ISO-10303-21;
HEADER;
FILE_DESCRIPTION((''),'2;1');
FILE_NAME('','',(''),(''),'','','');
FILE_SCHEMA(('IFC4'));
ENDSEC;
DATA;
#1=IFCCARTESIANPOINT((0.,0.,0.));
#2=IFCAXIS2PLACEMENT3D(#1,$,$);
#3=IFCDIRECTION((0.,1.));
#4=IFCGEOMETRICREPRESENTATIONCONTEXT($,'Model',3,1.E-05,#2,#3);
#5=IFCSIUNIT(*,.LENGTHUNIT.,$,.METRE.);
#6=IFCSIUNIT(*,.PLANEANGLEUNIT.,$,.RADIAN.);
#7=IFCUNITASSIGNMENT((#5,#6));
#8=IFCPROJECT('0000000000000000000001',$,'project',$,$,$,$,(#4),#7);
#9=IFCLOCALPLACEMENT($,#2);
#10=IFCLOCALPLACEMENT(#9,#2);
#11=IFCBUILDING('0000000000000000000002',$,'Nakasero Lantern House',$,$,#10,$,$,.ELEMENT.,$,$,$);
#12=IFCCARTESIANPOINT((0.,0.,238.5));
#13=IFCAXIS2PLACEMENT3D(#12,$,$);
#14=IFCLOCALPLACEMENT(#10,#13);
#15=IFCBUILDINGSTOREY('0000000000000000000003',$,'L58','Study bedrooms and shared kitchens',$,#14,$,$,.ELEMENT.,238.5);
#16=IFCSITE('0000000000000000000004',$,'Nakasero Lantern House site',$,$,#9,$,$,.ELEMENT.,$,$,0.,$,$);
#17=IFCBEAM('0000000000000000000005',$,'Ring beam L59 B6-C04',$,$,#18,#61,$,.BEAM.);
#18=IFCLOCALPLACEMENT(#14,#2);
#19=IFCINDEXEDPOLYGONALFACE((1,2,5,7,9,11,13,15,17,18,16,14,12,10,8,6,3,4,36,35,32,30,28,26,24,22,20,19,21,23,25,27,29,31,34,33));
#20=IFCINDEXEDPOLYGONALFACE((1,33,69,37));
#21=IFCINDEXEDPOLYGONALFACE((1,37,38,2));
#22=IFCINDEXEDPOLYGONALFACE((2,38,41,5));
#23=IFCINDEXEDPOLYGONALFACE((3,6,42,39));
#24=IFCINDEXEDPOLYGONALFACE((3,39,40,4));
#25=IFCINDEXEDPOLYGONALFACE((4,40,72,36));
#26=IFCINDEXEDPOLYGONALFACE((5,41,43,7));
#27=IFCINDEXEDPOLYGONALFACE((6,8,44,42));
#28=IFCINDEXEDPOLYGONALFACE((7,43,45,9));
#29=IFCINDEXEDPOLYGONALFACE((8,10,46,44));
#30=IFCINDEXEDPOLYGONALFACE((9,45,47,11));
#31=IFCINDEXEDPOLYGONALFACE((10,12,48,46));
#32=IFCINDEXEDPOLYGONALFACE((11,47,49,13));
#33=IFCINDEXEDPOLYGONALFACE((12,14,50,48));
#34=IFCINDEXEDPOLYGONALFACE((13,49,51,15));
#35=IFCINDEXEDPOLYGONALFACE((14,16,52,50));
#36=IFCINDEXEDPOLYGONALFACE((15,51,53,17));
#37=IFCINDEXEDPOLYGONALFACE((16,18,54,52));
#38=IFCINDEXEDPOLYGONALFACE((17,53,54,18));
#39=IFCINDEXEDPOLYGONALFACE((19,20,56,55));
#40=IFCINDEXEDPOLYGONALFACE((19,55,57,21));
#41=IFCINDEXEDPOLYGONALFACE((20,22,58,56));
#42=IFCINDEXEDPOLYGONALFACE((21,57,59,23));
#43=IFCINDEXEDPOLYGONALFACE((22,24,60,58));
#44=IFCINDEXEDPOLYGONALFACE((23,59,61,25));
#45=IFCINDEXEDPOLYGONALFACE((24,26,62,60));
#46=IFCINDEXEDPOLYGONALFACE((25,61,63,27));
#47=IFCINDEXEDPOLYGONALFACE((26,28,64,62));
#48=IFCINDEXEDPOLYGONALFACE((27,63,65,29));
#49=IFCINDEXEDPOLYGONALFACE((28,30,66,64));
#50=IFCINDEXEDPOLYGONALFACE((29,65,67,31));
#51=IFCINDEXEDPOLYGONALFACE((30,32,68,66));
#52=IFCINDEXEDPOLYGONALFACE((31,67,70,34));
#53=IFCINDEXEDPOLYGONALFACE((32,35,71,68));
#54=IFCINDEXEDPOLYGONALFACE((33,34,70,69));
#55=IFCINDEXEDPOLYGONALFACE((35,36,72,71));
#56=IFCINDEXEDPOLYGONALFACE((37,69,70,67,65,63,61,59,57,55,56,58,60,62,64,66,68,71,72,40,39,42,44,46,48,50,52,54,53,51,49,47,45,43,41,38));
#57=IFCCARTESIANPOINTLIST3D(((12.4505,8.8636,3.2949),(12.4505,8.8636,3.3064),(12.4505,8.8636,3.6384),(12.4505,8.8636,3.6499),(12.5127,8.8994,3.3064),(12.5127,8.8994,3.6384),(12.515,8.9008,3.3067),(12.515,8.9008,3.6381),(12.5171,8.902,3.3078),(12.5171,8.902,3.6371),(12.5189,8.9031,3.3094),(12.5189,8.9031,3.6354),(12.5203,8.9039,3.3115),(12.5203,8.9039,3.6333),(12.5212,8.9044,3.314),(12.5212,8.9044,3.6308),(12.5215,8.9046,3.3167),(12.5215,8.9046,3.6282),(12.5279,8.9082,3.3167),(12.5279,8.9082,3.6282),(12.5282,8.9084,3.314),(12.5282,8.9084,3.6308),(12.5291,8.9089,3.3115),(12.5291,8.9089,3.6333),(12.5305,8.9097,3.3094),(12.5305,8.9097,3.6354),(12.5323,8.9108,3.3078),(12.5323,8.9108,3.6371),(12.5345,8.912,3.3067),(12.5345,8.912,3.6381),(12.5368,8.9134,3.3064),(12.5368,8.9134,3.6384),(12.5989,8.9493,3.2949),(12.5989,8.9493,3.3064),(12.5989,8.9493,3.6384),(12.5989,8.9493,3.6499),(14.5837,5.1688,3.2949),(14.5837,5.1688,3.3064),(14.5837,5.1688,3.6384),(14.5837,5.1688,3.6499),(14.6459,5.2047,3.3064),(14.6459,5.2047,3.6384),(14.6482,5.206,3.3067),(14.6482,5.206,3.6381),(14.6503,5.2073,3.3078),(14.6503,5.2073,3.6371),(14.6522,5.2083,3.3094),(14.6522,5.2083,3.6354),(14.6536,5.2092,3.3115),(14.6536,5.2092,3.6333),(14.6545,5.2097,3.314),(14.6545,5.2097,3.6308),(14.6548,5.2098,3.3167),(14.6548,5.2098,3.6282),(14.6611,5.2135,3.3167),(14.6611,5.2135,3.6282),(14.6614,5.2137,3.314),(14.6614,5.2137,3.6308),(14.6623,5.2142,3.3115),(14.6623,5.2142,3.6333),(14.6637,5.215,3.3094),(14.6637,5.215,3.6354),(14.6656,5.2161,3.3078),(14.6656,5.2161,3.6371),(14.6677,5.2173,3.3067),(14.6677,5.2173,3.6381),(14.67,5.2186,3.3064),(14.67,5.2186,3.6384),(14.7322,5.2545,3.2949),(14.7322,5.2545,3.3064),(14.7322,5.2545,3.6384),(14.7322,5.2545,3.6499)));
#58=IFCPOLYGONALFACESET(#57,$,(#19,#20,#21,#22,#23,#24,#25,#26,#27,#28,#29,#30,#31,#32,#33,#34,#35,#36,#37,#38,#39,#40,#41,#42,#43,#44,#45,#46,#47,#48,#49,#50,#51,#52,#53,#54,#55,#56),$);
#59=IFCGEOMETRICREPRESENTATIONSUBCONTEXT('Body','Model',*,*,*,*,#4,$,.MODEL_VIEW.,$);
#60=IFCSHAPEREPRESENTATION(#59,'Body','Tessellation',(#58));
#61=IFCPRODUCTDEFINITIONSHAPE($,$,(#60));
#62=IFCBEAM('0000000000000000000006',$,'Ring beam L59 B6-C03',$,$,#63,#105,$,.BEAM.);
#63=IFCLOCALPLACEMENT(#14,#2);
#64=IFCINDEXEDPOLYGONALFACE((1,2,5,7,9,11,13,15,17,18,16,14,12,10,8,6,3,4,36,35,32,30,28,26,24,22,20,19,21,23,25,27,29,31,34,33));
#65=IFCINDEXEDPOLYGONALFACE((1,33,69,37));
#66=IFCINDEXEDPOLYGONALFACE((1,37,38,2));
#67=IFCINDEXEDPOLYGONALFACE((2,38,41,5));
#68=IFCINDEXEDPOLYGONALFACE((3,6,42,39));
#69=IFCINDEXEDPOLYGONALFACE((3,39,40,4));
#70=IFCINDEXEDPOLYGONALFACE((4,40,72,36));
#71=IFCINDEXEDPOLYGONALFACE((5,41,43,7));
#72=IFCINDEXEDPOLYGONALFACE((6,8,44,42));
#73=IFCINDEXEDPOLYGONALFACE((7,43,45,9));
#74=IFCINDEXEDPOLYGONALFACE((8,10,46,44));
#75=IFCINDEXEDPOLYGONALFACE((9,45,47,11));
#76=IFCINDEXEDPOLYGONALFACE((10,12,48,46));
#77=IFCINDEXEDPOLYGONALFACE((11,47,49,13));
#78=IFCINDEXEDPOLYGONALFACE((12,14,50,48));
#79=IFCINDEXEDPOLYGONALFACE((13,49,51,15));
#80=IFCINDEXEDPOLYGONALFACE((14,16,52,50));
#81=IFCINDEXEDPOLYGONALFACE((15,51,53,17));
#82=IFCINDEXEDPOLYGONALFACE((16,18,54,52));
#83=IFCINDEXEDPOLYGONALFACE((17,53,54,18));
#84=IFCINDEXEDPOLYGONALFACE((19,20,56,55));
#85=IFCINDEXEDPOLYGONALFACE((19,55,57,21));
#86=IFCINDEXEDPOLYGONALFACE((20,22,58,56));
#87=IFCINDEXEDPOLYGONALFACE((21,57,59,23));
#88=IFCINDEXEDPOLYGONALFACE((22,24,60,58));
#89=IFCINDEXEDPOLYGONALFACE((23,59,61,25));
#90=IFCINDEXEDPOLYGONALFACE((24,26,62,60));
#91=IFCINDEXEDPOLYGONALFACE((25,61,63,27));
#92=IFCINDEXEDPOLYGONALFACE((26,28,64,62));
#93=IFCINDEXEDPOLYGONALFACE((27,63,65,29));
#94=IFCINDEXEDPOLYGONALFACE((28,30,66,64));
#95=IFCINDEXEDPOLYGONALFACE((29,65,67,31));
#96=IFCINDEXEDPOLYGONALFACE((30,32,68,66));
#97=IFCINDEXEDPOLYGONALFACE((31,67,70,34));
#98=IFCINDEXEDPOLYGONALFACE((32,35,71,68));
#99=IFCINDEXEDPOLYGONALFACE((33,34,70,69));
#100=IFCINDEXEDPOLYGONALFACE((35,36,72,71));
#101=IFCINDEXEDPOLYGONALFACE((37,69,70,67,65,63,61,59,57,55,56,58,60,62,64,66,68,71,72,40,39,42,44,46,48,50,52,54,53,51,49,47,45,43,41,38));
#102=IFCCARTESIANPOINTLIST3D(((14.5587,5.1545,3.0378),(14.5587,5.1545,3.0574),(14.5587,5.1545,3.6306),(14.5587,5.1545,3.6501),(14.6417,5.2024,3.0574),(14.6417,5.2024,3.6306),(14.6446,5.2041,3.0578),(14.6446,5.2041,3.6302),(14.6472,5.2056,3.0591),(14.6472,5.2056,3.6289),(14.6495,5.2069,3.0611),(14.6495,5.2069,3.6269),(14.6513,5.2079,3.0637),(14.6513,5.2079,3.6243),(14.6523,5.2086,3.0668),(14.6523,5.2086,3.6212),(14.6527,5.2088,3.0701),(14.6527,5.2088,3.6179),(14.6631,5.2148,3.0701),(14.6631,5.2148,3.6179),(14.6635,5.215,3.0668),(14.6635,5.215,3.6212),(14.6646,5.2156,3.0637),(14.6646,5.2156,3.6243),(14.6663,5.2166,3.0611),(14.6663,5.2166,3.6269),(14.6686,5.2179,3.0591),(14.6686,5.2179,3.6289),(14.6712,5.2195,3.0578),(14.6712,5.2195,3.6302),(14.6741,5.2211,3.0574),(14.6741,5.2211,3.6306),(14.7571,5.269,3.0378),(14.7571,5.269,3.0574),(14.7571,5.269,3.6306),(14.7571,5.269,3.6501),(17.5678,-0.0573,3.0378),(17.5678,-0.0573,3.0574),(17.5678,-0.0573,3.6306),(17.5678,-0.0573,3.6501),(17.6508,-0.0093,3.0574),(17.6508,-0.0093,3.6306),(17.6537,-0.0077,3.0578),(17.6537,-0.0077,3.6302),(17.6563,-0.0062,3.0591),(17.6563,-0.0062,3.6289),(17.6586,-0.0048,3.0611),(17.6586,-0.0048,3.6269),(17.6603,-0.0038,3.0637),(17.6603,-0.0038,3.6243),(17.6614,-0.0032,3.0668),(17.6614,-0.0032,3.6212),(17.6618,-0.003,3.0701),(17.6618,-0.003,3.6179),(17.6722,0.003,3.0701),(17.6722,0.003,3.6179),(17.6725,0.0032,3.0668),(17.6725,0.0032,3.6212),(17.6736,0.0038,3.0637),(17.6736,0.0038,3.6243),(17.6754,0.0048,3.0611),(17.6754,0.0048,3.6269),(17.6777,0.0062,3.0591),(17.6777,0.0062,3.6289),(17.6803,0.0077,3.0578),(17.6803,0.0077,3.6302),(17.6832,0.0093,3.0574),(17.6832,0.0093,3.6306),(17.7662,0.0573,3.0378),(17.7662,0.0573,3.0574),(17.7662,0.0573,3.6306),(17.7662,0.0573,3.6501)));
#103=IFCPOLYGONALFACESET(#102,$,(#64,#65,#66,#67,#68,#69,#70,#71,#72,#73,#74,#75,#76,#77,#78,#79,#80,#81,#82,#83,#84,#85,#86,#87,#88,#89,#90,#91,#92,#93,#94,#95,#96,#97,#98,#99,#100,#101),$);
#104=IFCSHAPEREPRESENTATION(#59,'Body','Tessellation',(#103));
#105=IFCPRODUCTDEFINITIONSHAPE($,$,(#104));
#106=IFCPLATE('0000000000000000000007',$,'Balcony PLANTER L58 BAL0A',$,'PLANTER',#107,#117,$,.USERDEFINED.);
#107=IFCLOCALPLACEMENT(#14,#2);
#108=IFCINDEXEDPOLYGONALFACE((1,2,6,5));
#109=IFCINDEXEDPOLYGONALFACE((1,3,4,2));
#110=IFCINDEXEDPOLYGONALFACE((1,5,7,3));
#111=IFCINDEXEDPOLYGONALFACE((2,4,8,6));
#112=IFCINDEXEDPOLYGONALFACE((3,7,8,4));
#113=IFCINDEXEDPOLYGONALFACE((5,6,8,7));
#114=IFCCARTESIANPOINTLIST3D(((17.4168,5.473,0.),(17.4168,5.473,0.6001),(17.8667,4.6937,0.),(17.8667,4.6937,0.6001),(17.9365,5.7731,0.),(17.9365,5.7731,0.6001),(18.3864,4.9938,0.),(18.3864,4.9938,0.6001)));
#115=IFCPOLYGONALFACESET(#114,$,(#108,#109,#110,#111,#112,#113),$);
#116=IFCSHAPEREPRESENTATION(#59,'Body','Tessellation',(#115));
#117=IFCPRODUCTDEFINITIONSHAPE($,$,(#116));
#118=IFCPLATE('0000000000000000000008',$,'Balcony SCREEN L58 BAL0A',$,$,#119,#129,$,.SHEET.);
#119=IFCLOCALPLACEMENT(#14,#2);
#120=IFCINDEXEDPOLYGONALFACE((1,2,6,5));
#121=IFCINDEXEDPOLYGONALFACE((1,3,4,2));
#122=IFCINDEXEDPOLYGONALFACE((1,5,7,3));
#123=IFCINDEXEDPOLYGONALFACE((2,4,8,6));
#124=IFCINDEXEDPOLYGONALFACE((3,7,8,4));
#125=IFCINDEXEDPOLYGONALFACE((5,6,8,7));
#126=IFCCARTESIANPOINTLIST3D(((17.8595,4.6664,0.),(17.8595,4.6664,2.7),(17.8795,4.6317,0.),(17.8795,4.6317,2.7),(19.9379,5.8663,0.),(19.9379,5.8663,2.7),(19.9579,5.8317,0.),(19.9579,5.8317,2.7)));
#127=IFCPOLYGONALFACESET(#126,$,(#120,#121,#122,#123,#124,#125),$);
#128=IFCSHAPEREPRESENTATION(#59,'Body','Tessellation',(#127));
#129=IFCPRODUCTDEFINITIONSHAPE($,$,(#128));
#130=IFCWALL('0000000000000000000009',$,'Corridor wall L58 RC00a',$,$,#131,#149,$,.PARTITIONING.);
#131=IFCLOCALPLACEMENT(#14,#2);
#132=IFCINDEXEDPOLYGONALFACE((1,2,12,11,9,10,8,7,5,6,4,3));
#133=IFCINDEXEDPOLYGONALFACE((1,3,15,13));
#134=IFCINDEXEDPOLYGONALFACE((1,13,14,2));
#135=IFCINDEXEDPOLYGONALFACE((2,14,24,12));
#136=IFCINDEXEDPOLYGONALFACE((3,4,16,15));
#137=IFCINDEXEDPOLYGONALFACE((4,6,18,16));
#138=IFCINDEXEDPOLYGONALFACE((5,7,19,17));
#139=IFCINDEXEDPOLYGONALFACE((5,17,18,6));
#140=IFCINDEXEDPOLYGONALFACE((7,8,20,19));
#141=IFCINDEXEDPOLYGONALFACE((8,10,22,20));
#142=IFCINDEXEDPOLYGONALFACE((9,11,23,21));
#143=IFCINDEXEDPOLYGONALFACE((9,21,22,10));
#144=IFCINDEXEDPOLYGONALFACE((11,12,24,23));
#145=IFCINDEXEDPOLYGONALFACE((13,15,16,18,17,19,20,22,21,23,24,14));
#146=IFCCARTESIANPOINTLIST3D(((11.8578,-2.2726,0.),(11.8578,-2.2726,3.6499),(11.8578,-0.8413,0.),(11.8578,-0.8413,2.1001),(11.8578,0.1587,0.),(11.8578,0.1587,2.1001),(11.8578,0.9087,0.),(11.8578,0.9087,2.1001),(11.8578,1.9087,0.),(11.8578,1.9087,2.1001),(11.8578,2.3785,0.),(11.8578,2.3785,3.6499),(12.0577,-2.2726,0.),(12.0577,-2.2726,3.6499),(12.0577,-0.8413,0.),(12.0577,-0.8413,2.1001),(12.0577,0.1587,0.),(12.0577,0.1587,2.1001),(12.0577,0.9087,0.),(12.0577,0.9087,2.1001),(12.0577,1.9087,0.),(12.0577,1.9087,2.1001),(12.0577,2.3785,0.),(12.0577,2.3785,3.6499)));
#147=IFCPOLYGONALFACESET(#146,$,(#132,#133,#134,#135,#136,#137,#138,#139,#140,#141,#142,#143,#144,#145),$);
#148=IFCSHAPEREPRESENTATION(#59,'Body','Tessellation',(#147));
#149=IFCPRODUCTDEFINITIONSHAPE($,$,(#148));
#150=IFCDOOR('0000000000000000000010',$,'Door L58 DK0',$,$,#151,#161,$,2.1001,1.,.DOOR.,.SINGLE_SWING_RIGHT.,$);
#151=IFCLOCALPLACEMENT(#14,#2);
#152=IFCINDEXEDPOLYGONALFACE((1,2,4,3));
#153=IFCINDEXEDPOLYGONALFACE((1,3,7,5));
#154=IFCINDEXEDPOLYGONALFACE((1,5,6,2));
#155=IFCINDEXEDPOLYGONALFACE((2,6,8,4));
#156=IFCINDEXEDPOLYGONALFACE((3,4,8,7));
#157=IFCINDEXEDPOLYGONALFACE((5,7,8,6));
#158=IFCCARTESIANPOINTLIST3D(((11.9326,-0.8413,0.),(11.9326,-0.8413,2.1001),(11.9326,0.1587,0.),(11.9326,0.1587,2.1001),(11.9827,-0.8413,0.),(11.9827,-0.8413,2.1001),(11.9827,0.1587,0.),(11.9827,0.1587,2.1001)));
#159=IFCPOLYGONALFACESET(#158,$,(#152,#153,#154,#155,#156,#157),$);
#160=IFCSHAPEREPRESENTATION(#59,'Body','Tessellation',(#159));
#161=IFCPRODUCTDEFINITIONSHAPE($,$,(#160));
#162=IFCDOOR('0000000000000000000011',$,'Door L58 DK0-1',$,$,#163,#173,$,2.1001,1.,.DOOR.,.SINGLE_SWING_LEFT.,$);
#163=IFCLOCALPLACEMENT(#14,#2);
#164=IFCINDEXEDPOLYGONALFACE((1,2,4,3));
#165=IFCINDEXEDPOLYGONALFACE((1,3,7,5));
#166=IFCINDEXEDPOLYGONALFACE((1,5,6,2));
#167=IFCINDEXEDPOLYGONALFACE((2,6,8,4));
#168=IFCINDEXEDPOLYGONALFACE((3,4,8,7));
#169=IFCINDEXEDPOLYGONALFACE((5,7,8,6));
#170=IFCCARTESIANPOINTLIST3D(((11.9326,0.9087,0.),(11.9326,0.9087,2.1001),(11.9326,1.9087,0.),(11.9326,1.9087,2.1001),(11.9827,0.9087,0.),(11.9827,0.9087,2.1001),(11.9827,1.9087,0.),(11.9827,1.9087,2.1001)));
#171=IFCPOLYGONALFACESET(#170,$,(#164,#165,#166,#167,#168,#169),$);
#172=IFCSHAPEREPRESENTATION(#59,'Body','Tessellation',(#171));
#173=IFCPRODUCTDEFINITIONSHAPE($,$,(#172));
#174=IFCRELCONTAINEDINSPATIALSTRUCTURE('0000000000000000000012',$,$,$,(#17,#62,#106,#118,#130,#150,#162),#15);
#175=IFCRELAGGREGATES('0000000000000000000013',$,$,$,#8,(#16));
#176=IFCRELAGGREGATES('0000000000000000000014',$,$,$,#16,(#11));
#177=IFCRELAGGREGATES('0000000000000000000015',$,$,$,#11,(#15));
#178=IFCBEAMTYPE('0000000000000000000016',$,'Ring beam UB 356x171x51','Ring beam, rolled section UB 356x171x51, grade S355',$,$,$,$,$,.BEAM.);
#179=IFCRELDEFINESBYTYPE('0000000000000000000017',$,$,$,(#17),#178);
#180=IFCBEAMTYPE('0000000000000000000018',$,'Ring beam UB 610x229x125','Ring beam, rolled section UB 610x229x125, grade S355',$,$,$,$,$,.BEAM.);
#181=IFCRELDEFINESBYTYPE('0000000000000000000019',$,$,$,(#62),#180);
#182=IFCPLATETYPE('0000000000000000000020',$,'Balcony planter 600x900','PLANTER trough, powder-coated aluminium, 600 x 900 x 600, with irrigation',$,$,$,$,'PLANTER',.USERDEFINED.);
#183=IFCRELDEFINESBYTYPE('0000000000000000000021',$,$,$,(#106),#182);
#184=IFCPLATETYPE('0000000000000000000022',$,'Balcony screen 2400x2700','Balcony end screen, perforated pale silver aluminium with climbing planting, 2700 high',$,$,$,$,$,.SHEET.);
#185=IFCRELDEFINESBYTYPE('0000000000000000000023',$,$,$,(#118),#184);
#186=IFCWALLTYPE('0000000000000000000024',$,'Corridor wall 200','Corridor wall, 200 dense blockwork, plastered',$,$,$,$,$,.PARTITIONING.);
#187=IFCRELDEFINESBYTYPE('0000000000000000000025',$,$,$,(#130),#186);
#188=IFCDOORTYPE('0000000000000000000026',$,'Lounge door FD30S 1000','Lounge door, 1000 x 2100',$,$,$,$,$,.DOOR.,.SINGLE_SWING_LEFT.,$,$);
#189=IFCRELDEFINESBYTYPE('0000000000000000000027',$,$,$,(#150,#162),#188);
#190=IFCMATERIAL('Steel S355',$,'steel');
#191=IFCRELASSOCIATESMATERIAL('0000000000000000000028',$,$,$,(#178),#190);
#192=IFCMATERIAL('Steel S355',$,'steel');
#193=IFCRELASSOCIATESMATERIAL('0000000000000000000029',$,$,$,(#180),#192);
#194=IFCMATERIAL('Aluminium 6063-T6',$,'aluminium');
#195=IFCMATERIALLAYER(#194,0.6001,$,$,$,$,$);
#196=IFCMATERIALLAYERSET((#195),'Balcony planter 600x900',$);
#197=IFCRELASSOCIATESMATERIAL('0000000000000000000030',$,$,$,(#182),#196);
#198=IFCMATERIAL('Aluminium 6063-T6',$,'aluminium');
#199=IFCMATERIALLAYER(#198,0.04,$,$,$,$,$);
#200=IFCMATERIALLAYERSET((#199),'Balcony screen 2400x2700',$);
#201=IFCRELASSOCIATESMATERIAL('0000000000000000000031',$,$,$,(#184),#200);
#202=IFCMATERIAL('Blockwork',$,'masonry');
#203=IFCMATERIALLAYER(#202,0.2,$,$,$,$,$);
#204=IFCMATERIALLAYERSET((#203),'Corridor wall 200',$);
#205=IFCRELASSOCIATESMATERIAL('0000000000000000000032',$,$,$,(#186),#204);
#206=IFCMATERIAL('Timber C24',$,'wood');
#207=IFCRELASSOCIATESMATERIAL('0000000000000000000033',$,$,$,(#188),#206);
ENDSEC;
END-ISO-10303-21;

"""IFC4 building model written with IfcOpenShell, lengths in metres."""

from ifc_helpers import new_model, si_unit, direction, frame, frame_2d, origin, origin_2d, place, context, subcontext, project, spatial, rectangle, i_section, extrude, material, layer, layer_set, material_profile, profile_set, type_object, element, fill, save


model = new_model("IFC4")

# Units and contexts
model_context = context("Model", 3, precision=1e-05, world=origin(), true_north=direction((0.0, 1.0)))
body_context = subcontext(model_context, "Body", "Model", "MODEL_VIEW")
ifc_project = project(units=[si_unit("LENGTHUNIT", "METRE"), si_unit("PLANEANGLEUNIT", "RADIAN")], contexts=[model_context])

# Site, building, storey
site_placement = place(None, origin())
site = spatial("IfcSite", under=ifc_project, at=site_placement, Name="Nakasero Lantern House site", CompositionType="ELEMENT", RefElevation=0.0)
building_placement = place(site_placement, origin())
building = spatial("IfcBuilding", under=site, at=building_placement, Name="Nakasero Lantern House", CompositionType="ELEMENT")
storey_placement = place(building_placement, frame((0.0, 0.0, 238.5)))
storey = spatial("IfcBuildingStorey", under=building, at=storey_placement, Name="L58", Description="Study bedrooms and shared kitchens", CompositionType="ELEMENT", Elevation=238.5)

# Beams
ifc_material_1 = material(Name="Steel S355", Category="steel")
ifc_material_profile_1 = material_profile(ifc_material_1, i_section(OverallWidth=0.1714, OverallDepth=0.355, WebThickness=0.0073, FlangeThickness=0.0115, FilletRadius=0.0103, at=origin_2d()), Name="UB 356x171x51")
ifc_profile_set_1 = profile_set([ifc_material_profile_1], Name="Steel S355")
beam_type_1 = type_object("IfcBeamType", Name="Ring beam UB 356x171x51", Description="Ring beam, rolled section UB 356x171x51, grade S355", PredefinedType="BEAM", material=ifc_profile_set_1)
beam_1_placement = place(storey_placement, frame((14.658, 5.2117, 3.4724), z_axis=(-0.500016, 0.866016, 0.0), x_axis=(-0.866016, -0.500016, 0.0)))
element("IfcBeam", 1, at=beam_1_placement, inside=storey, type_object=beam_type_1, Name="Ring beam L59 B6-C04", PredefinedType="BEAM", context=body_context, shape_type="SweptSolid", body=[
    extrude(i_section(OverallWidth=0.1714, OverallDepth=0.355, WebThickness=0.0073, FlangeThickness=0.0115, FilletRadius=0.0103, at=origin_2d()), origin(), (0.0, 0.0, 1.0), 4.2664),
])
ifc_material_2 = material(Name="Steel S355", Category="steel")
ifc_material_profile_2 = material_profile(ifc_material_2, i_section(OverallWidth=0.229, OverallDepth=0.6123, WebThickness=0.012, FlangeThickness=0.0195, FilletRadius=0.0127, at=origin_2d()), Name="UB 610x229x125")
ifc_profile_set_2 = profile_set([ifc_material_profile_2], Name="Steel S355")
beam_type_2 = type_object("IfcBeamType", Name="Ring beam UB 610x229x125", Description="Ring beam, rolled section UB 610x229x125, grade S355", PredefinedType="BEAM", material=ifc_profile_set_2)
beam_2_placement = place(storey_placement, frame((17.667, 0.0, 3.344), z_axis=(-0.500009, 0.86602, 0.0), x_axis=(-0.86602, -0.500009, 0.0)))
element("IfcBeam", 2, at=beam_2_placement, inside=storey, type_object=beam_type_2, Name="Ring beam L59 B6-C03", PredefinedType="BEAM", context=body_context, shape_type="SweptSolid", body=[
    extrude(i_section(OverallWidth=0.229, OverallDepth=0.6123, WebThickness=0.012, FlangeThickness=0.0195, FilletRadius=0.0127, at=origin_2d()), origin(), (0.0, 0.0, 1.0), 6.0181),
])

# Plates
ifc_material_3 = material(Name="Aluminium 6063-T6", Category="aluminium")
ifc_layer_1 = layer(ifc_material_3, 0.6001)
ifc_layer_set_1 = layer_set([ifc_layer_1], Name="Balcony planter 600x900")
plate_type_1 = type_object("IfcPlateType", Name="Balcony planter 600x900", Description="PLANTER trough, powder-coated aluminium, 600 x 900 x 600, with irrigation", ElementType="PLANTER", PredefinedType="USERDEFINED", material=ifc_layer_set_1)
plate_1_placement = place(storey_placement, frame((17.9016, 5.2334, 0.0), z_axis=(0.0, 0.0, 1.0), x_axis=(0.866025, 0.5, 0.0)))
element("IfcPlate", 3, at=plate_1_placement, inside=storey, type_object=plate_type_1, Name="Balcony PLANTER L58 BAL0A", ObjectType="PLANTER", PredefinedType="USERDEFINED", context=body_context, shape_type="SweptSolid", body=[
    extrude(rectangle(XDim=0.6001, YDim=0.8999, at=origin_2d()), origin(), (0.0, 0.0, 1.0), 0.6001),
])
ifc_material_4 = material(Name="Aluminium 6063-T6", Category="aluminium")
ifc_layer_2 = layer(ifc_material_4, 0.04)
ifc_layer_set_2 = layer_set([ifc_layer_2], Name="Balcony screen 2400x2700")
plate_type_2 = type_object("IfcPlateType", Name="Balcony screen 2400x2700", Description="Balcony end screen, perforated pale silver aluminium with climbing planting, 2700 high", PredefinedType="SHEET", material=ifc_layer_set_2)
plate_2_placement = place(storey_placement, frame((18.9087, 5.249, 0.0), z_axis=(0.0, 0.0, 1.0), x_axis=(0.866025, 0.5, 0.0)))
element("IfcPlate", 4, at=plate_2_placement, inside=storey, type_object=plate_type_2, Name="Balcony SCREEN L58 BAL0A", PredefinedType="SHEET", context=body_context, shape_type="SweptSolid", body=[
    extrude(rectangle(XDim=2.3999, YDim=0.04, at=origin_2d()), origin(), (0.0, 0.0, 1.0), 2.7),
])

# Wall, openings, doors
ifc_material_5 = material(Name="Blockwork", Category="masonry")
ifc_layer_3 = layer(ifc_material_5, 0.2)
ifc_layer_set_3 = layer_set([ifc_layer_3], Name="Corridor wall 200")
wall_type_1 = type_object("IfcWallType", Name="Corridor wall 200", Description="Corridor wall, 200 dense blockwork, plastered", PredefinedType="PARTITIONING", material=ifc_layer_set_3)
wall_1_placement = place(storey_placement, frame((11.9578, 2.3787, 0.0), z_axis=(0.0, 0.0, 1.0), x_axis=(0.0, -1.0, 0.0)))
wall_1 = element("IfcWall", 5, at=wall_1_placement, inside=storey, type_object=wall_type_1, Name="Corridor wall L58 RC00a", PredefinedType="PARTITIONING", context=body_context, shape_type="SweptSolid", body=[
    extrude(rectangle(XDim=4.6511, YDim=0.2, at=frame_2d((2.3257, 0.0))), origin(), (0.0, 0.0, 1.0), 3.6499),
])
opening_1_placement = place(wall_1_placement, frame((2.22, 0.0, 0.0)))
opening_1 = element("IfcOpeningElement", 6, at=opening_1_placement, cuts=wall_1, PredefinedType="OPENING", context=body_context, shape_type="SweptSolid", body=[
    extrude(rectangle(XDim=1.0, YDim=2.1001, at=frame_2d((0.5, 1.05))), frame((0.0, 0.1199, 0.0), z_axis=(0.0, -1.0, 0.0), x_axis=(1.0, 0.0, 0.0)), (0.0, 0.0, 1.0), 0.24),
])
opening_2_placement = place(wall_1_placement, frame((0.47, 0.0, 0.0)))
opening_2 = element("IfcOpeningElement", 7, at=opening_2_placement, cuts=wall_1, PredefinedType="OPENING", context=body_context, shape_type="SweptSolid", body=[
    extrude(rectangle(XDim=1.0, YDim=2.1001, at=frame_2d((0.5, 1.05))), frame((0.0, 0.1199, 0.0), z_axis=(0.0, -1.0, 0.0), x_axis=(1.0, 0.0, 0.0)), (0.0, 0.0, 1.0), 0.24),
])
ifc_material_6 = material(Name="Timber C24", Category="wood")
door_type_1 = type_object("IfcDoorType", Name="Lounge door FD30S 1000", Description="Lounge door, 1000 x 2100", OperationType="SINGLE_SWING_LEFT", PredefinedType="DOOR", material=ifc_material_6)
door_1_placement = place(opening_1_placement, origin())
door_1 = element("IfcDoor", 8, at=door_1_placement, inside=storey, type_object=door_type_1, Name="Door L58 DK0", OperationType="SINGLE_SWING_RIGHT", OverallHeight=2.1001, OverallWidth=1.0, PredefinedType="DOOR", context=body_context, shape_type="SweptSolid", body=[
    extrude(rectangle(XDim=1.0, YDim=2.1001, at=frame_2d((0.5, 1.05))), frame((0.0, 0.0249, 0.0), z_axis=(0.0, -1.0, 0.0), x_axis=(1.0, 0.0, 0.0)), (0.0, 0.0, 1.0), 0.05),
])
fill(opening_1, door_1)
door_2_placement = place(opening_2_placement, origin())
door_2 = element("IfcDoor", 9, at=door_2_placement, inside=storey, type_object=door_type_1, Name="Door L58 DK0-1", OperationType="SINGLE_SWING_LEFT", OverallHeight=2.1001, OverallWidth=1.0, PredefinedType="DOOR", context=body_context, shape_type="SweptSolid", body=[
    extrude(rectangle(XDim=1.0, YDim=2.1001, at=frame_2d((0.5, 1.05))), frame((0.0, 0.0249, 0.0), z_axis=(0.0, -1.0, 0.0), x_axis=(1.0, 0.0, 0.0)), (0.0, 0.0, 1.0), 0.05),
])
fill(opening_2, door_2)

save(model, "model.ifc")
